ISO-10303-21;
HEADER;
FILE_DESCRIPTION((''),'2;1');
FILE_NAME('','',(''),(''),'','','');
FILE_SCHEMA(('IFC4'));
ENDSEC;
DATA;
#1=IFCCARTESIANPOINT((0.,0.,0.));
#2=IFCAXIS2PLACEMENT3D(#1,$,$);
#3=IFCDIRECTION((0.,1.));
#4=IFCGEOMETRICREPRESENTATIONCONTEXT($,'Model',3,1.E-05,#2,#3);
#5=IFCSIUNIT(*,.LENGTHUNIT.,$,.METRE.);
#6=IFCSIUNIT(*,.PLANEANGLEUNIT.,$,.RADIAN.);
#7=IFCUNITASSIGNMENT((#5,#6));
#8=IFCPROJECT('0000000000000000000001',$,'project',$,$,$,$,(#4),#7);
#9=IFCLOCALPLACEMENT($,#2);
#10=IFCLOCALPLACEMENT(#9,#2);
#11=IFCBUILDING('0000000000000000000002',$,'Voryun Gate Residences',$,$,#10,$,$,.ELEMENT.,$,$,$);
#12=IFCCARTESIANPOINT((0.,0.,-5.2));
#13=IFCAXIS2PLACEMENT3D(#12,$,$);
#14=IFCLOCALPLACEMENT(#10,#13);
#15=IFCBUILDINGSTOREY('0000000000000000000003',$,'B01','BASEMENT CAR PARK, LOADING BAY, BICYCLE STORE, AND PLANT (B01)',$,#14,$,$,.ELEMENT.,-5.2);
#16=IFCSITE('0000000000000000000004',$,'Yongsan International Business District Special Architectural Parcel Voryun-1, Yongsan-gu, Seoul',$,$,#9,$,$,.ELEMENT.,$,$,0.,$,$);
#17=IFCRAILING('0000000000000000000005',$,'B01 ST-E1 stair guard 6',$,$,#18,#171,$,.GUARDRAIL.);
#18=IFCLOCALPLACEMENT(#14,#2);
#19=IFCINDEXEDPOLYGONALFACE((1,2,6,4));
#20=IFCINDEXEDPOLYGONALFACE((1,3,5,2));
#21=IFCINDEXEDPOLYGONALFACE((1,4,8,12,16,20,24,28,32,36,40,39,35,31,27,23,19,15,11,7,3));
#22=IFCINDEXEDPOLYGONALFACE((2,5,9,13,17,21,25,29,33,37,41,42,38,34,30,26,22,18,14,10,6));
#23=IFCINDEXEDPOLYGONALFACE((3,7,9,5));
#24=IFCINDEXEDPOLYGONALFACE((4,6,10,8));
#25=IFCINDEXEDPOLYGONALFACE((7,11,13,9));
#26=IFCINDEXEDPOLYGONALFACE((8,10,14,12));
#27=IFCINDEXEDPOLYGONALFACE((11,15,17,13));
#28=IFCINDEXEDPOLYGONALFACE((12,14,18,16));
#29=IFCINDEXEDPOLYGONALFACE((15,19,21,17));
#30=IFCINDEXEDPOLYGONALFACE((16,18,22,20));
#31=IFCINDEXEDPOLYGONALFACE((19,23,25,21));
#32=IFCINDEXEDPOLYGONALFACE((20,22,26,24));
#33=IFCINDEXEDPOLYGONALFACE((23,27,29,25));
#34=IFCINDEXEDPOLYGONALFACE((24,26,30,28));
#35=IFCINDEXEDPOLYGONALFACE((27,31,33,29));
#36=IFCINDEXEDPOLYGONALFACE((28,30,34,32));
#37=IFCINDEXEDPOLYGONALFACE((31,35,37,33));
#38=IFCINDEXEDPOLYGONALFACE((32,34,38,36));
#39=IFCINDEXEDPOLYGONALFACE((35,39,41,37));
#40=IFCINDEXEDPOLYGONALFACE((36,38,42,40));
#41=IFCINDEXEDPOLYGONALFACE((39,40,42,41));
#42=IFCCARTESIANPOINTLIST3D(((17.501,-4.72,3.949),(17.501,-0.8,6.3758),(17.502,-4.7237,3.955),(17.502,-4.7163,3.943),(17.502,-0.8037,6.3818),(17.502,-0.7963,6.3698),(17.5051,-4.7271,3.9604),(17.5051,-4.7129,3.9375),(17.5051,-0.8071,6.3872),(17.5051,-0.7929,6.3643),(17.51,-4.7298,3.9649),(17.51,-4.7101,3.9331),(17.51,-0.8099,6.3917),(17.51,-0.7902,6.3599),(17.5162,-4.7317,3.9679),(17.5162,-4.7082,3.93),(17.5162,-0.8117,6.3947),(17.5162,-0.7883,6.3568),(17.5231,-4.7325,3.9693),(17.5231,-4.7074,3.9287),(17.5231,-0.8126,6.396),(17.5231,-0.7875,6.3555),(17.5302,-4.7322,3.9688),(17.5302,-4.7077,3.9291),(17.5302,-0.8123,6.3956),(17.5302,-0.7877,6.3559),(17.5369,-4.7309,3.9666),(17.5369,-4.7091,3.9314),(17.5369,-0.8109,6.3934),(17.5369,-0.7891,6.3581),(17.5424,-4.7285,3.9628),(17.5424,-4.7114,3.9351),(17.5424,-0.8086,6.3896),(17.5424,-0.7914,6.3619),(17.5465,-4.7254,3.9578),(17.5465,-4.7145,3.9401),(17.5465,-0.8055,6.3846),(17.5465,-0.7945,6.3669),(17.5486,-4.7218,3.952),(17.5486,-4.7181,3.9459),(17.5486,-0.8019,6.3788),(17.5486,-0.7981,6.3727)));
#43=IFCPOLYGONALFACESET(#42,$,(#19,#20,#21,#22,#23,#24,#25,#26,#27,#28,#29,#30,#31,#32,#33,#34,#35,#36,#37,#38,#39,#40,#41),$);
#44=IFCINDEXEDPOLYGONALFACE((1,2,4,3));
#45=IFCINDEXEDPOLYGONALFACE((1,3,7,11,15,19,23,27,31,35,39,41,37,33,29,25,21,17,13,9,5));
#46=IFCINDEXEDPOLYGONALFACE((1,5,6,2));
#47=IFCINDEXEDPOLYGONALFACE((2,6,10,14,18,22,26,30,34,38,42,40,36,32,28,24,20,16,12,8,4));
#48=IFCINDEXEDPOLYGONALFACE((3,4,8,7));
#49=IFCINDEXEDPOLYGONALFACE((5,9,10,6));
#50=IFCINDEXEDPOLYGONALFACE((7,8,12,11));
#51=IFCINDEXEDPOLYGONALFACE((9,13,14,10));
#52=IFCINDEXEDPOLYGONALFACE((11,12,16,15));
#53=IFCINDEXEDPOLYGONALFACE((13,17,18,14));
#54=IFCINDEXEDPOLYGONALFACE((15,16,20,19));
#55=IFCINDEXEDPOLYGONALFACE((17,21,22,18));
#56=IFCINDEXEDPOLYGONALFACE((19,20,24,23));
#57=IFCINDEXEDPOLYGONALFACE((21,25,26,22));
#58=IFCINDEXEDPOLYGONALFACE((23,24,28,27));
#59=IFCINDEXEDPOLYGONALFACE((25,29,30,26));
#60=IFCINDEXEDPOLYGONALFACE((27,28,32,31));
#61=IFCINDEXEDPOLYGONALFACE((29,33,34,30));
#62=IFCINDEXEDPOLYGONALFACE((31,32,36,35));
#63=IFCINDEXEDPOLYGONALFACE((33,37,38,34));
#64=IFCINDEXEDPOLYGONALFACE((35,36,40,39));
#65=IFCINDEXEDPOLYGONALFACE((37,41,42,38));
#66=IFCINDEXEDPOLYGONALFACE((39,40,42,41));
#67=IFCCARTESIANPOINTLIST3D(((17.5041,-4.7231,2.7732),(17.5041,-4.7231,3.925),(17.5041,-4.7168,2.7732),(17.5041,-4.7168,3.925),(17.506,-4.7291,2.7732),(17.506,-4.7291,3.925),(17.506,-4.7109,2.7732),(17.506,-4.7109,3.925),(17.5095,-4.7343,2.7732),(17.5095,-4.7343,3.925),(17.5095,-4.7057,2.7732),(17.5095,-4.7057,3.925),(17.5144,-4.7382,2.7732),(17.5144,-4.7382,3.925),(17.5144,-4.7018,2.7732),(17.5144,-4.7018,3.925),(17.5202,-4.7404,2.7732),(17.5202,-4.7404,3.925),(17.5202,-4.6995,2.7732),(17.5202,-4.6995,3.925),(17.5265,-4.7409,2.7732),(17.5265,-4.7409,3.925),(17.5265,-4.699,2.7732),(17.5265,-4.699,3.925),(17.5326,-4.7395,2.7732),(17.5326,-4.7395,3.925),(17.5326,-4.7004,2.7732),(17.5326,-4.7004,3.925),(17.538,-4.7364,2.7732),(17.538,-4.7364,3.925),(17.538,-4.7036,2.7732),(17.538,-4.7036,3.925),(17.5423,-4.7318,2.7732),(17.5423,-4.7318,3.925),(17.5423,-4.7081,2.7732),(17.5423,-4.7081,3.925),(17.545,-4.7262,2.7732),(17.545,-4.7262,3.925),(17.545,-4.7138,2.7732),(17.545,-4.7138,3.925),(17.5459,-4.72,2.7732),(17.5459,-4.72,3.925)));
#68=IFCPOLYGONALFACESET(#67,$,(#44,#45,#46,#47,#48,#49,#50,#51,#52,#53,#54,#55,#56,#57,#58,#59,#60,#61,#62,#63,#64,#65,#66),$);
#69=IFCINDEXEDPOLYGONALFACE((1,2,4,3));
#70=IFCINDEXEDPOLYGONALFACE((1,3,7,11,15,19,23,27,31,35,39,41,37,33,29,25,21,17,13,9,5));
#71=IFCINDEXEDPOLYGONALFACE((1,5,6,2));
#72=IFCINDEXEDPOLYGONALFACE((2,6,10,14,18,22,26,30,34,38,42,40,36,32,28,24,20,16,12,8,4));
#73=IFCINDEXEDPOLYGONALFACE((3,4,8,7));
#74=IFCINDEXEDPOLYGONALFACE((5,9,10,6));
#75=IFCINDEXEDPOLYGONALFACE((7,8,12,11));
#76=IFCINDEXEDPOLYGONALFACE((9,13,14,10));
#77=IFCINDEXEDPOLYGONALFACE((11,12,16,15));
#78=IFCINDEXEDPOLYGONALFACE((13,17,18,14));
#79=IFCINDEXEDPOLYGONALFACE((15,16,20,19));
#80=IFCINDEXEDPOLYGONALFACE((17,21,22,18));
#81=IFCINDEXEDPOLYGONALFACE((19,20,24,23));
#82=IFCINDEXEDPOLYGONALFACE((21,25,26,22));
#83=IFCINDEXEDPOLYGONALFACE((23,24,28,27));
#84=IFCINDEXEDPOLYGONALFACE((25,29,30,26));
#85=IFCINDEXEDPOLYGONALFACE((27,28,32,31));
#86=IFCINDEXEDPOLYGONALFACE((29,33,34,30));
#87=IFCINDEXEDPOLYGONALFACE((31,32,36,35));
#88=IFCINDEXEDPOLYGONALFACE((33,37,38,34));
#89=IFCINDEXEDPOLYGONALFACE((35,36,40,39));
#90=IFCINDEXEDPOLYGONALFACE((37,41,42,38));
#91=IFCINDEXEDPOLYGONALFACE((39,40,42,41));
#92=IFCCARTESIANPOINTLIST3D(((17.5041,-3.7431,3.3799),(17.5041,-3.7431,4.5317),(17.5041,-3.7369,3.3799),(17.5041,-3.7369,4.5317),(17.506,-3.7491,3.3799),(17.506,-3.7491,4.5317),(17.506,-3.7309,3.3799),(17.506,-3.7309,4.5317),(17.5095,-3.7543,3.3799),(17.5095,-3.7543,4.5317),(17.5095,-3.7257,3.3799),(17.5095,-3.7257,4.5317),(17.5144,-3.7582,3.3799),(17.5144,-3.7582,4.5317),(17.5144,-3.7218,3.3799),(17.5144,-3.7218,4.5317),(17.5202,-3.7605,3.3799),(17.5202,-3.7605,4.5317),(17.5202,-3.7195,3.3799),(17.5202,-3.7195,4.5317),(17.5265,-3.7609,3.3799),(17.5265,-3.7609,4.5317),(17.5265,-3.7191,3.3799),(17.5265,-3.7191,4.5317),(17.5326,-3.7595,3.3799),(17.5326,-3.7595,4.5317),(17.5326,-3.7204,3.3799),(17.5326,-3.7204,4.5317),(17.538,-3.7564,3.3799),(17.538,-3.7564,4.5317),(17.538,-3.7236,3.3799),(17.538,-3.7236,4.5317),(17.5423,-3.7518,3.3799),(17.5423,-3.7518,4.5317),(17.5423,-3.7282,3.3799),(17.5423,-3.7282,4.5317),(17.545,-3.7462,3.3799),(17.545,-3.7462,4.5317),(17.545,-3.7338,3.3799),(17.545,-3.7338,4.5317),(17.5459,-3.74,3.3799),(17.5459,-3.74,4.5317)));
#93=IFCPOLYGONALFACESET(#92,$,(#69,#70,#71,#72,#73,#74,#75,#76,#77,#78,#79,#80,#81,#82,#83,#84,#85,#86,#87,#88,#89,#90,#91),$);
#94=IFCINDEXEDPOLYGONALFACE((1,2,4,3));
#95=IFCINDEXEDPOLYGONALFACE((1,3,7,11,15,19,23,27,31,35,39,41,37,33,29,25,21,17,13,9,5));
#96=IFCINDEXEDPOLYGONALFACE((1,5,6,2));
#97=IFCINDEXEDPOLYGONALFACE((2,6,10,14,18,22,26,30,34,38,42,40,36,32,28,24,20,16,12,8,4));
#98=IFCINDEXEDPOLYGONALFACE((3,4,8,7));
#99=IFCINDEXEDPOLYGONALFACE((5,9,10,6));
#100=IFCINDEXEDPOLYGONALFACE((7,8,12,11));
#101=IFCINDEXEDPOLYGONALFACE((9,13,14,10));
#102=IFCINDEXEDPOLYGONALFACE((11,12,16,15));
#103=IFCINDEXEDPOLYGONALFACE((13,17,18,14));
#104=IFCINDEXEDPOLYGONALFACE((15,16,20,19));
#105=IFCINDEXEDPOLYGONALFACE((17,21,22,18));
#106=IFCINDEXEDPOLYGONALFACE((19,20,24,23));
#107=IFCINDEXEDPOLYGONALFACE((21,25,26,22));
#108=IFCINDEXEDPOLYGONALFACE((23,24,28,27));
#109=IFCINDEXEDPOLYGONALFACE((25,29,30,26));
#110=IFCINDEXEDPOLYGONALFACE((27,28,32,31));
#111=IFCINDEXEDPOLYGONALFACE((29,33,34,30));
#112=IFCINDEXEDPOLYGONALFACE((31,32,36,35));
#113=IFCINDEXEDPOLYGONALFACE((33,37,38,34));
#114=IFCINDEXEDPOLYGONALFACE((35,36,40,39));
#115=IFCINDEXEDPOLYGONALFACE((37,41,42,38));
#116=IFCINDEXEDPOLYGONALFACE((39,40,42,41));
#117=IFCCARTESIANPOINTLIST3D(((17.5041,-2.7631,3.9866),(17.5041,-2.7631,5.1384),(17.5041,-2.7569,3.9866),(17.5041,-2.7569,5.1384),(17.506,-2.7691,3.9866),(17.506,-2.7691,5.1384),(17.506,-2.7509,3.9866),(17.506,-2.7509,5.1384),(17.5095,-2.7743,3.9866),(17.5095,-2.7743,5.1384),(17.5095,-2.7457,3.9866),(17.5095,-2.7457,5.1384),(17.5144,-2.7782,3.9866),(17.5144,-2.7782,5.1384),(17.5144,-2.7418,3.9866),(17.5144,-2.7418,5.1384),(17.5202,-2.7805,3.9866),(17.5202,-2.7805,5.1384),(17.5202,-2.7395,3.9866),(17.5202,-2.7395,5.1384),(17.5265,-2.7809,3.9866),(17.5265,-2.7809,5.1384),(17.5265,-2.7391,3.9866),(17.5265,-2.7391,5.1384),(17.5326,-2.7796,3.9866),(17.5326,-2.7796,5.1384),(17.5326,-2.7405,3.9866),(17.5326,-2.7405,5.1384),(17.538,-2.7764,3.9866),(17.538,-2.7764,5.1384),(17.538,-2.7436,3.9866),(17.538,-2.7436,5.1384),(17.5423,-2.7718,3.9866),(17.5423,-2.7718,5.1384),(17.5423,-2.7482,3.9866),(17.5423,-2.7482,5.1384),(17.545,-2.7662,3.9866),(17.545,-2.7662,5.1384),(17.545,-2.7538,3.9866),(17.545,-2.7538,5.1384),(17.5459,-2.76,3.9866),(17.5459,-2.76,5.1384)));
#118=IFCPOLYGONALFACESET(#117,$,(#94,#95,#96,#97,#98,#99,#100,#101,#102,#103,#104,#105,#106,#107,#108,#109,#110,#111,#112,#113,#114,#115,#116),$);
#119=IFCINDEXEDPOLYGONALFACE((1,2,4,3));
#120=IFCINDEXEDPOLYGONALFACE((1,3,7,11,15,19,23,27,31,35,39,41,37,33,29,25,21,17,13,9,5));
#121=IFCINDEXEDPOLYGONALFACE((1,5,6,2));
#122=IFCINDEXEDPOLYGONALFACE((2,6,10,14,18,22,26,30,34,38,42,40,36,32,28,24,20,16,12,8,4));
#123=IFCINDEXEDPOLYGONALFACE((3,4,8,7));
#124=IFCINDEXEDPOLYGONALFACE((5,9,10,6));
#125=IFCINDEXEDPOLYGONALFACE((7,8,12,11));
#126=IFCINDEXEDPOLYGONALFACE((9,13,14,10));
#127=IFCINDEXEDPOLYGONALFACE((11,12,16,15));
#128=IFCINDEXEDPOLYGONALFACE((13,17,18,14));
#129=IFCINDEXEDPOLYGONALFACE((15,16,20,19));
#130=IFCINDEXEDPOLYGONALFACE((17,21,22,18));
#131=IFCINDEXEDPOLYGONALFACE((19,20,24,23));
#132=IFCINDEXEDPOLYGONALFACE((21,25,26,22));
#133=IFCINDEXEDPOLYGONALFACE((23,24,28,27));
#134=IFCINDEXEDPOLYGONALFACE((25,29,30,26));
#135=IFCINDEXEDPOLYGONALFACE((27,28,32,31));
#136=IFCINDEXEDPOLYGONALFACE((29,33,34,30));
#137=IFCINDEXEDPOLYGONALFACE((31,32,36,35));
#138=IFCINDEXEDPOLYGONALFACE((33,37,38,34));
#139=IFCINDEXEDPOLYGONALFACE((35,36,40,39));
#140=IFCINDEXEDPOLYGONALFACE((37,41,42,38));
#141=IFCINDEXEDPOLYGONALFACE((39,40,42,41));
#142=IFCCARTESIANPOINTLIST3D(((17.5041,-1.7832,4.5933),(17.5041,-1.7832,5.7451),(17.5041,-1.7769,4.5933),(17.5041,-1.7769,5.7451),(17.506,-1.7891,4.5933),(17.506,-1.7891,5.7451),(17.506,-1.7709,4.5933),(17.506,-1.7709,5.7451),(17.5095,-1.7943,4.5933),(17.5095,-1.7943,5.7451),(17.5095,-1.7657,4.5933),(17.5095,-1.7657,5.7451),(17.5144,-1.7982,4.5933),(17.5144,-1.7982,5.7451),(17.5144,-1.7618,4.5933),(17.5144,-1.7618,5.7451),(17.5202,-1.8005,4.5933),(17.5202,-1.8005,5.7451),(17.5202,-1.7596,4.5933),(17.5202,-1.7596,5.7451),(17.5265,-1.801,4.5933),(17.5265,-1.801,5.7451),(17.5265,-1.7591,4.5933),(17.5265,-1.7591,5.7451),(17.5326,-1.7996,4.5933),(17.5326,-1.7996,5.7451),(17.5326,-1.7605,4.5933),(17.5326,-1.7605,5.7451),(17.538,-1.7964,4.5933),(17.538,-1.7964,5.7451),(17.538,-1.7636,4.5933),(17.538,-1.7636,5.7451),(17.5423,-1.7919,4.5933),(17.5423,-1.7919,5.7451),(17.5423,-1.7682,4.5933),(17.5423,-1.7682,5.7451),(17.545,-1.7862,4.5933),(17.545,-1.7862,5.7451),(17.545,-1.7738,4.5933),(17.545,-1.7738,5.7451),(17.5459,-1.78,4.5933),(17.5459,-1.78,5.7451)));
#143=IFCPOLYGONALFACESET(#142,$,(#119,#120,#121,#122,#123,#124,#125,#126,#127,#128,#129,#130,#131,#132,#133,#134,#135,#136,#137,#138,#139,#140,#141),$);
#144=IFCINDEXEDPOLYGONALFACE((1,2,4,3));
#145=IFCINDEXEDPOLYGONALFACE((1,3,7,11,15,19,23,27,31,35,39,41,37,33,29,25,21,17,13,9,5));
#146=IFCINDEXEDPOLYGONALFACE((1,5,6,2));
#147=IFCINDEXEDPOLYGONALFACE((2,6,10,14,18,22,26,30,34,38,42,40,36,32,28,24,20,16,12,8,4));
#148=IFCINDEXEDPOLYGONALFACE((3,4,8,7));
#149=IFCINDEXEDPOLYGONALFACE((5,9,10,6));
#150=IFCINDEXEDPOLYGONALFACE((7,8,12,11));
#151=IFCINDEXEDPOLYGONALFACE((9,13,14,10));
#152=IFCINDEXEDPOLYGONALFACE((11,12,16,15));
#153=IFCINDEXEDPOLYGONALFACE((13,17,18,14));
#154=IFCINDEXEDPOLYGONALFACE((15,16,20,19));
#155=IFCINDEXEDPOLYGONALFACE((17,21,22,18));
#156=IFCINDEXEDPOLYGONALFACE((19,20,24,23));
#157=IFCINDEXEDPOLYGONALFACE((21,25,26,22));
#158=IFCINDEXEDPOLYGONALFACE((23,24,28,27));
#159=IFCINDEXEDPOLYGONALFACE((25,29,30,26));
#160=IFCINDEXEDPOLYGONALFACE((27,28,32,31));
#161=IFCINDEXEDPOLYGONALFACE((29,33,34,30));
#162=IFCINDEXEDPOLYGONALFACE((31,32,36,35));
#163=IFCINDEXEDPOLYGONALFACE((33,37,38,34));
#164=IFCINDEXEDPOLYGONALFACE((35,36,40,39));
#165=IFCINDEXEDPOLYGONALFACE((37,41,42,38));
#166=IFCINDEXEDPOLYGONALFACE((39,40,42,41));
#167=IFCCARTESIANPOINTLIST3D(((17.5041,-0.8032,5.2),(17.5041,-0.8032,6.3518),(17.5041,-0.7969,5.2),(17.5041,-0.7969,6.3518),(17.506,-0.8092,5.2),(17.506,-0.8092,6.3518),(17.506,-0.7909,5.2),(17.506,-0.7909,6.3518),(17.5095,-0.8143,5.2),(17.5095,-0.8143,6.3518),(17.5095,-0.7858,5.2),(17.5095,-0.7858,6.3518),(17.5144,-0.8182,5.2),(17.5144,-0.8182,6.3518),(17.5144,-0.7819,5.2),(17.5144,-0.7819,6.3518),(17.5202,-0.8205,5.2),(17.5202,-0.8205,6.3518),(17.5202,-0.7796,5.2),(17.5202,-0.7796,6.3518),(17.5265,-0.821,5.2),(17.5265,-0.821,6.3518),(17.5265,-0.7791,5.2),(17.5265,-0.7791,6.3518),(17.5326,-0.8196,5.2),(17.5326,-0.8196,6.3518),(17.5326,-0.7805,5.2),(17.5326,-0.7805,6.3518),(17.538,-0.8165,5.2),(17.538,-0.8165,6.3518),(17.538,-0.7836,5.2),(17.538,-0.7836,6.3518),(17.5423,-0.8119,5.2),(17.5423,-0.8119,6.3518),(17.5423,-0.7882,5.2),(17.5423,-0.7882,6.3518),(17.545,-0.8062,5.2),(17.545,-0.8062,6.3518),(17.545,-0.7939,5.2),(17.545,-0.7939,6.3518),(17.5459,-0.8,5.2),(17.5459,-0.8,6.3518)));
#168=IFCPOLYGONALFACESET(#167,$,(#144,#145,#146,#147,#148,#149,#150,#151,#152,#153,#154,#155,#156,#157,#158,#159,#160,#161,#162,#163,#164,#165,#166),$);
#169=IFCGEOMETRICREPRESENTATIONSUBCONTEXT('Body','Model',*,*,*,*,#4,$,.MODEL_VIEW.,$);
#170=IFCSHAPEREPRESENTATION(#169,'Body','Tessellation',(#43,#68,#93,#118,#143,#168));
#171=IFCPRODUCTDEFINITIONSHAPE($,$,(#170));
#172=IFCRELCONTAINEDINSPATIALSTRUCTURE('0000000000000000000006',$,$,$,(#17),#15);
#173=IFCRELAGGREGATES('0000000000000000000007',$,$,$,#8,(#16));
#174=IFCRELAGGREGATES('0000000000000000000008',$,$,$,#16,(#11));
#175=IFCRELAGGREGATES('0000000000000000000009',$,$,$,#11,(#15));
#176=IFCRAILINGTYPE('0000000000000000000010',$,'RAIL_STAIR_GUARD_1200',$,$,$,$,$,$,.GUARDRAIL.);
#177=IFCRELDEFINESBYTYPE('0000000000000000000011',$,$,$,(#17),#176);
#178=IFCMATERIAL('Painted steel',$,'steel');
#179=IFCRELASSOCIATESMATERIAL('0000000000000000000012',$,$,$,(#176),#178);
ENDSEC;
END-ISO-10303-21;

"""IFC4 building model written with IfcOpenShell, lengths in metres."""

from ifc_helpers import new_model, si_unit, direction, frame, origin, origin_2d, place, context, subcontext, project, spatial, circle, extrude, material, type_object, element, save


model = new_model("IFC4")

# Units and contexts
model_context = context("Model", 3, precision=1e-05, world=origin(), true_north=direction((0.0, 1.0)))
body_context = subcontext(model_context, "Body", "Model", "MODEL_VIEW")
ifc_project = project(units=[si_unit("LENGTHUNIT", "METRE"), si_unit("PLANEANGLEUNIT", "RADIAN")], contexts=[model_context])

# Site, building, storey
site_placement = place(None, origin())
site = spatial("IfcSite", under=ifc_project, at=site_placement, Name="Yongsan International Business District Special Architectural Parcel Voryun-1, Yongsan-gu, Seoul", CompositionType="ELEMENT", RefElevation=0.0)
building_placement = place(site_placement, origin())
building = spatial("IfcBuilding", under=site, at=building_placement, Name="Voryun Gate Residences", CompositionType="ELEMENT")
storey_placement = place(building_placement, frame((0.0, 0.0, -5.2)))
storey = spatial("IfcBuildingStorey", under=building, at=storey_placement, Name="B01", Description="BASEMENT CAR PARK, LOADING BAY, BICYCLE STORE, AND PLANT (B01)", CompositionType="ELEMENT", Elevation=-5.2)

# Railing
ifc_material_1 = material(Name="Painted steel", Category="steel")
railing_type_1 = type_object("IfcRailingType", Name="RAIL_STAIR_GUARD_1200", PredefinedType="GUARDRAIL", material=ifc_material_1)
railing_1_placement = place(storey_placement, frame((17.5249, -4.72, 2.7732)))
element("IfcRailing", 1, at=railing_1_placement, inside=storey, type_object=railing_type_1, Name="B01 ST-E1 stair guard 6", PredefinedType="GUARDRAIL", context=body_context, shape_type="SweptSolid", body=[
    extrude(circle(Radius=0.0239, at=origin_2d()), frame((0.0, 0.0, 1.1758), z_axis=(0.0, 0.850252, 0.526376), x_axis=(-1.0, 0.0, 0.0)), (0.0, 0.0, 1.0), 4.6104),
    extrude(circle(Radius=0.021, at=origin_2d()), origin(), (0.0, 0.0, 1.0), 1.1519),
    extrude(circle(Radius=0.021, at=origin_2d()), frame((0.0, 0.98, 0.6067)), (0.0, 0.0, 1.0), 1.1519),
    extrude(circle(Radius=0.021, at=origin_2d()), frame((0.0, 1.96, 1.2134)), (0.0, 0.0, 1.0), 1.1519),
    extrude(circle(Radius=0.021, at=origin_2d()), frame((0.0, 2.9399, 1.8201)), (0.0, 0.0, 1.0), 1.1519),
    extrude(circle(Radius=0.021, at=origin_2d()), frame((0.0, 3.9199, 2.4268)), (0.0, 0.0, 1.0), 1.1519),
])

save(model, "model.ifc")
